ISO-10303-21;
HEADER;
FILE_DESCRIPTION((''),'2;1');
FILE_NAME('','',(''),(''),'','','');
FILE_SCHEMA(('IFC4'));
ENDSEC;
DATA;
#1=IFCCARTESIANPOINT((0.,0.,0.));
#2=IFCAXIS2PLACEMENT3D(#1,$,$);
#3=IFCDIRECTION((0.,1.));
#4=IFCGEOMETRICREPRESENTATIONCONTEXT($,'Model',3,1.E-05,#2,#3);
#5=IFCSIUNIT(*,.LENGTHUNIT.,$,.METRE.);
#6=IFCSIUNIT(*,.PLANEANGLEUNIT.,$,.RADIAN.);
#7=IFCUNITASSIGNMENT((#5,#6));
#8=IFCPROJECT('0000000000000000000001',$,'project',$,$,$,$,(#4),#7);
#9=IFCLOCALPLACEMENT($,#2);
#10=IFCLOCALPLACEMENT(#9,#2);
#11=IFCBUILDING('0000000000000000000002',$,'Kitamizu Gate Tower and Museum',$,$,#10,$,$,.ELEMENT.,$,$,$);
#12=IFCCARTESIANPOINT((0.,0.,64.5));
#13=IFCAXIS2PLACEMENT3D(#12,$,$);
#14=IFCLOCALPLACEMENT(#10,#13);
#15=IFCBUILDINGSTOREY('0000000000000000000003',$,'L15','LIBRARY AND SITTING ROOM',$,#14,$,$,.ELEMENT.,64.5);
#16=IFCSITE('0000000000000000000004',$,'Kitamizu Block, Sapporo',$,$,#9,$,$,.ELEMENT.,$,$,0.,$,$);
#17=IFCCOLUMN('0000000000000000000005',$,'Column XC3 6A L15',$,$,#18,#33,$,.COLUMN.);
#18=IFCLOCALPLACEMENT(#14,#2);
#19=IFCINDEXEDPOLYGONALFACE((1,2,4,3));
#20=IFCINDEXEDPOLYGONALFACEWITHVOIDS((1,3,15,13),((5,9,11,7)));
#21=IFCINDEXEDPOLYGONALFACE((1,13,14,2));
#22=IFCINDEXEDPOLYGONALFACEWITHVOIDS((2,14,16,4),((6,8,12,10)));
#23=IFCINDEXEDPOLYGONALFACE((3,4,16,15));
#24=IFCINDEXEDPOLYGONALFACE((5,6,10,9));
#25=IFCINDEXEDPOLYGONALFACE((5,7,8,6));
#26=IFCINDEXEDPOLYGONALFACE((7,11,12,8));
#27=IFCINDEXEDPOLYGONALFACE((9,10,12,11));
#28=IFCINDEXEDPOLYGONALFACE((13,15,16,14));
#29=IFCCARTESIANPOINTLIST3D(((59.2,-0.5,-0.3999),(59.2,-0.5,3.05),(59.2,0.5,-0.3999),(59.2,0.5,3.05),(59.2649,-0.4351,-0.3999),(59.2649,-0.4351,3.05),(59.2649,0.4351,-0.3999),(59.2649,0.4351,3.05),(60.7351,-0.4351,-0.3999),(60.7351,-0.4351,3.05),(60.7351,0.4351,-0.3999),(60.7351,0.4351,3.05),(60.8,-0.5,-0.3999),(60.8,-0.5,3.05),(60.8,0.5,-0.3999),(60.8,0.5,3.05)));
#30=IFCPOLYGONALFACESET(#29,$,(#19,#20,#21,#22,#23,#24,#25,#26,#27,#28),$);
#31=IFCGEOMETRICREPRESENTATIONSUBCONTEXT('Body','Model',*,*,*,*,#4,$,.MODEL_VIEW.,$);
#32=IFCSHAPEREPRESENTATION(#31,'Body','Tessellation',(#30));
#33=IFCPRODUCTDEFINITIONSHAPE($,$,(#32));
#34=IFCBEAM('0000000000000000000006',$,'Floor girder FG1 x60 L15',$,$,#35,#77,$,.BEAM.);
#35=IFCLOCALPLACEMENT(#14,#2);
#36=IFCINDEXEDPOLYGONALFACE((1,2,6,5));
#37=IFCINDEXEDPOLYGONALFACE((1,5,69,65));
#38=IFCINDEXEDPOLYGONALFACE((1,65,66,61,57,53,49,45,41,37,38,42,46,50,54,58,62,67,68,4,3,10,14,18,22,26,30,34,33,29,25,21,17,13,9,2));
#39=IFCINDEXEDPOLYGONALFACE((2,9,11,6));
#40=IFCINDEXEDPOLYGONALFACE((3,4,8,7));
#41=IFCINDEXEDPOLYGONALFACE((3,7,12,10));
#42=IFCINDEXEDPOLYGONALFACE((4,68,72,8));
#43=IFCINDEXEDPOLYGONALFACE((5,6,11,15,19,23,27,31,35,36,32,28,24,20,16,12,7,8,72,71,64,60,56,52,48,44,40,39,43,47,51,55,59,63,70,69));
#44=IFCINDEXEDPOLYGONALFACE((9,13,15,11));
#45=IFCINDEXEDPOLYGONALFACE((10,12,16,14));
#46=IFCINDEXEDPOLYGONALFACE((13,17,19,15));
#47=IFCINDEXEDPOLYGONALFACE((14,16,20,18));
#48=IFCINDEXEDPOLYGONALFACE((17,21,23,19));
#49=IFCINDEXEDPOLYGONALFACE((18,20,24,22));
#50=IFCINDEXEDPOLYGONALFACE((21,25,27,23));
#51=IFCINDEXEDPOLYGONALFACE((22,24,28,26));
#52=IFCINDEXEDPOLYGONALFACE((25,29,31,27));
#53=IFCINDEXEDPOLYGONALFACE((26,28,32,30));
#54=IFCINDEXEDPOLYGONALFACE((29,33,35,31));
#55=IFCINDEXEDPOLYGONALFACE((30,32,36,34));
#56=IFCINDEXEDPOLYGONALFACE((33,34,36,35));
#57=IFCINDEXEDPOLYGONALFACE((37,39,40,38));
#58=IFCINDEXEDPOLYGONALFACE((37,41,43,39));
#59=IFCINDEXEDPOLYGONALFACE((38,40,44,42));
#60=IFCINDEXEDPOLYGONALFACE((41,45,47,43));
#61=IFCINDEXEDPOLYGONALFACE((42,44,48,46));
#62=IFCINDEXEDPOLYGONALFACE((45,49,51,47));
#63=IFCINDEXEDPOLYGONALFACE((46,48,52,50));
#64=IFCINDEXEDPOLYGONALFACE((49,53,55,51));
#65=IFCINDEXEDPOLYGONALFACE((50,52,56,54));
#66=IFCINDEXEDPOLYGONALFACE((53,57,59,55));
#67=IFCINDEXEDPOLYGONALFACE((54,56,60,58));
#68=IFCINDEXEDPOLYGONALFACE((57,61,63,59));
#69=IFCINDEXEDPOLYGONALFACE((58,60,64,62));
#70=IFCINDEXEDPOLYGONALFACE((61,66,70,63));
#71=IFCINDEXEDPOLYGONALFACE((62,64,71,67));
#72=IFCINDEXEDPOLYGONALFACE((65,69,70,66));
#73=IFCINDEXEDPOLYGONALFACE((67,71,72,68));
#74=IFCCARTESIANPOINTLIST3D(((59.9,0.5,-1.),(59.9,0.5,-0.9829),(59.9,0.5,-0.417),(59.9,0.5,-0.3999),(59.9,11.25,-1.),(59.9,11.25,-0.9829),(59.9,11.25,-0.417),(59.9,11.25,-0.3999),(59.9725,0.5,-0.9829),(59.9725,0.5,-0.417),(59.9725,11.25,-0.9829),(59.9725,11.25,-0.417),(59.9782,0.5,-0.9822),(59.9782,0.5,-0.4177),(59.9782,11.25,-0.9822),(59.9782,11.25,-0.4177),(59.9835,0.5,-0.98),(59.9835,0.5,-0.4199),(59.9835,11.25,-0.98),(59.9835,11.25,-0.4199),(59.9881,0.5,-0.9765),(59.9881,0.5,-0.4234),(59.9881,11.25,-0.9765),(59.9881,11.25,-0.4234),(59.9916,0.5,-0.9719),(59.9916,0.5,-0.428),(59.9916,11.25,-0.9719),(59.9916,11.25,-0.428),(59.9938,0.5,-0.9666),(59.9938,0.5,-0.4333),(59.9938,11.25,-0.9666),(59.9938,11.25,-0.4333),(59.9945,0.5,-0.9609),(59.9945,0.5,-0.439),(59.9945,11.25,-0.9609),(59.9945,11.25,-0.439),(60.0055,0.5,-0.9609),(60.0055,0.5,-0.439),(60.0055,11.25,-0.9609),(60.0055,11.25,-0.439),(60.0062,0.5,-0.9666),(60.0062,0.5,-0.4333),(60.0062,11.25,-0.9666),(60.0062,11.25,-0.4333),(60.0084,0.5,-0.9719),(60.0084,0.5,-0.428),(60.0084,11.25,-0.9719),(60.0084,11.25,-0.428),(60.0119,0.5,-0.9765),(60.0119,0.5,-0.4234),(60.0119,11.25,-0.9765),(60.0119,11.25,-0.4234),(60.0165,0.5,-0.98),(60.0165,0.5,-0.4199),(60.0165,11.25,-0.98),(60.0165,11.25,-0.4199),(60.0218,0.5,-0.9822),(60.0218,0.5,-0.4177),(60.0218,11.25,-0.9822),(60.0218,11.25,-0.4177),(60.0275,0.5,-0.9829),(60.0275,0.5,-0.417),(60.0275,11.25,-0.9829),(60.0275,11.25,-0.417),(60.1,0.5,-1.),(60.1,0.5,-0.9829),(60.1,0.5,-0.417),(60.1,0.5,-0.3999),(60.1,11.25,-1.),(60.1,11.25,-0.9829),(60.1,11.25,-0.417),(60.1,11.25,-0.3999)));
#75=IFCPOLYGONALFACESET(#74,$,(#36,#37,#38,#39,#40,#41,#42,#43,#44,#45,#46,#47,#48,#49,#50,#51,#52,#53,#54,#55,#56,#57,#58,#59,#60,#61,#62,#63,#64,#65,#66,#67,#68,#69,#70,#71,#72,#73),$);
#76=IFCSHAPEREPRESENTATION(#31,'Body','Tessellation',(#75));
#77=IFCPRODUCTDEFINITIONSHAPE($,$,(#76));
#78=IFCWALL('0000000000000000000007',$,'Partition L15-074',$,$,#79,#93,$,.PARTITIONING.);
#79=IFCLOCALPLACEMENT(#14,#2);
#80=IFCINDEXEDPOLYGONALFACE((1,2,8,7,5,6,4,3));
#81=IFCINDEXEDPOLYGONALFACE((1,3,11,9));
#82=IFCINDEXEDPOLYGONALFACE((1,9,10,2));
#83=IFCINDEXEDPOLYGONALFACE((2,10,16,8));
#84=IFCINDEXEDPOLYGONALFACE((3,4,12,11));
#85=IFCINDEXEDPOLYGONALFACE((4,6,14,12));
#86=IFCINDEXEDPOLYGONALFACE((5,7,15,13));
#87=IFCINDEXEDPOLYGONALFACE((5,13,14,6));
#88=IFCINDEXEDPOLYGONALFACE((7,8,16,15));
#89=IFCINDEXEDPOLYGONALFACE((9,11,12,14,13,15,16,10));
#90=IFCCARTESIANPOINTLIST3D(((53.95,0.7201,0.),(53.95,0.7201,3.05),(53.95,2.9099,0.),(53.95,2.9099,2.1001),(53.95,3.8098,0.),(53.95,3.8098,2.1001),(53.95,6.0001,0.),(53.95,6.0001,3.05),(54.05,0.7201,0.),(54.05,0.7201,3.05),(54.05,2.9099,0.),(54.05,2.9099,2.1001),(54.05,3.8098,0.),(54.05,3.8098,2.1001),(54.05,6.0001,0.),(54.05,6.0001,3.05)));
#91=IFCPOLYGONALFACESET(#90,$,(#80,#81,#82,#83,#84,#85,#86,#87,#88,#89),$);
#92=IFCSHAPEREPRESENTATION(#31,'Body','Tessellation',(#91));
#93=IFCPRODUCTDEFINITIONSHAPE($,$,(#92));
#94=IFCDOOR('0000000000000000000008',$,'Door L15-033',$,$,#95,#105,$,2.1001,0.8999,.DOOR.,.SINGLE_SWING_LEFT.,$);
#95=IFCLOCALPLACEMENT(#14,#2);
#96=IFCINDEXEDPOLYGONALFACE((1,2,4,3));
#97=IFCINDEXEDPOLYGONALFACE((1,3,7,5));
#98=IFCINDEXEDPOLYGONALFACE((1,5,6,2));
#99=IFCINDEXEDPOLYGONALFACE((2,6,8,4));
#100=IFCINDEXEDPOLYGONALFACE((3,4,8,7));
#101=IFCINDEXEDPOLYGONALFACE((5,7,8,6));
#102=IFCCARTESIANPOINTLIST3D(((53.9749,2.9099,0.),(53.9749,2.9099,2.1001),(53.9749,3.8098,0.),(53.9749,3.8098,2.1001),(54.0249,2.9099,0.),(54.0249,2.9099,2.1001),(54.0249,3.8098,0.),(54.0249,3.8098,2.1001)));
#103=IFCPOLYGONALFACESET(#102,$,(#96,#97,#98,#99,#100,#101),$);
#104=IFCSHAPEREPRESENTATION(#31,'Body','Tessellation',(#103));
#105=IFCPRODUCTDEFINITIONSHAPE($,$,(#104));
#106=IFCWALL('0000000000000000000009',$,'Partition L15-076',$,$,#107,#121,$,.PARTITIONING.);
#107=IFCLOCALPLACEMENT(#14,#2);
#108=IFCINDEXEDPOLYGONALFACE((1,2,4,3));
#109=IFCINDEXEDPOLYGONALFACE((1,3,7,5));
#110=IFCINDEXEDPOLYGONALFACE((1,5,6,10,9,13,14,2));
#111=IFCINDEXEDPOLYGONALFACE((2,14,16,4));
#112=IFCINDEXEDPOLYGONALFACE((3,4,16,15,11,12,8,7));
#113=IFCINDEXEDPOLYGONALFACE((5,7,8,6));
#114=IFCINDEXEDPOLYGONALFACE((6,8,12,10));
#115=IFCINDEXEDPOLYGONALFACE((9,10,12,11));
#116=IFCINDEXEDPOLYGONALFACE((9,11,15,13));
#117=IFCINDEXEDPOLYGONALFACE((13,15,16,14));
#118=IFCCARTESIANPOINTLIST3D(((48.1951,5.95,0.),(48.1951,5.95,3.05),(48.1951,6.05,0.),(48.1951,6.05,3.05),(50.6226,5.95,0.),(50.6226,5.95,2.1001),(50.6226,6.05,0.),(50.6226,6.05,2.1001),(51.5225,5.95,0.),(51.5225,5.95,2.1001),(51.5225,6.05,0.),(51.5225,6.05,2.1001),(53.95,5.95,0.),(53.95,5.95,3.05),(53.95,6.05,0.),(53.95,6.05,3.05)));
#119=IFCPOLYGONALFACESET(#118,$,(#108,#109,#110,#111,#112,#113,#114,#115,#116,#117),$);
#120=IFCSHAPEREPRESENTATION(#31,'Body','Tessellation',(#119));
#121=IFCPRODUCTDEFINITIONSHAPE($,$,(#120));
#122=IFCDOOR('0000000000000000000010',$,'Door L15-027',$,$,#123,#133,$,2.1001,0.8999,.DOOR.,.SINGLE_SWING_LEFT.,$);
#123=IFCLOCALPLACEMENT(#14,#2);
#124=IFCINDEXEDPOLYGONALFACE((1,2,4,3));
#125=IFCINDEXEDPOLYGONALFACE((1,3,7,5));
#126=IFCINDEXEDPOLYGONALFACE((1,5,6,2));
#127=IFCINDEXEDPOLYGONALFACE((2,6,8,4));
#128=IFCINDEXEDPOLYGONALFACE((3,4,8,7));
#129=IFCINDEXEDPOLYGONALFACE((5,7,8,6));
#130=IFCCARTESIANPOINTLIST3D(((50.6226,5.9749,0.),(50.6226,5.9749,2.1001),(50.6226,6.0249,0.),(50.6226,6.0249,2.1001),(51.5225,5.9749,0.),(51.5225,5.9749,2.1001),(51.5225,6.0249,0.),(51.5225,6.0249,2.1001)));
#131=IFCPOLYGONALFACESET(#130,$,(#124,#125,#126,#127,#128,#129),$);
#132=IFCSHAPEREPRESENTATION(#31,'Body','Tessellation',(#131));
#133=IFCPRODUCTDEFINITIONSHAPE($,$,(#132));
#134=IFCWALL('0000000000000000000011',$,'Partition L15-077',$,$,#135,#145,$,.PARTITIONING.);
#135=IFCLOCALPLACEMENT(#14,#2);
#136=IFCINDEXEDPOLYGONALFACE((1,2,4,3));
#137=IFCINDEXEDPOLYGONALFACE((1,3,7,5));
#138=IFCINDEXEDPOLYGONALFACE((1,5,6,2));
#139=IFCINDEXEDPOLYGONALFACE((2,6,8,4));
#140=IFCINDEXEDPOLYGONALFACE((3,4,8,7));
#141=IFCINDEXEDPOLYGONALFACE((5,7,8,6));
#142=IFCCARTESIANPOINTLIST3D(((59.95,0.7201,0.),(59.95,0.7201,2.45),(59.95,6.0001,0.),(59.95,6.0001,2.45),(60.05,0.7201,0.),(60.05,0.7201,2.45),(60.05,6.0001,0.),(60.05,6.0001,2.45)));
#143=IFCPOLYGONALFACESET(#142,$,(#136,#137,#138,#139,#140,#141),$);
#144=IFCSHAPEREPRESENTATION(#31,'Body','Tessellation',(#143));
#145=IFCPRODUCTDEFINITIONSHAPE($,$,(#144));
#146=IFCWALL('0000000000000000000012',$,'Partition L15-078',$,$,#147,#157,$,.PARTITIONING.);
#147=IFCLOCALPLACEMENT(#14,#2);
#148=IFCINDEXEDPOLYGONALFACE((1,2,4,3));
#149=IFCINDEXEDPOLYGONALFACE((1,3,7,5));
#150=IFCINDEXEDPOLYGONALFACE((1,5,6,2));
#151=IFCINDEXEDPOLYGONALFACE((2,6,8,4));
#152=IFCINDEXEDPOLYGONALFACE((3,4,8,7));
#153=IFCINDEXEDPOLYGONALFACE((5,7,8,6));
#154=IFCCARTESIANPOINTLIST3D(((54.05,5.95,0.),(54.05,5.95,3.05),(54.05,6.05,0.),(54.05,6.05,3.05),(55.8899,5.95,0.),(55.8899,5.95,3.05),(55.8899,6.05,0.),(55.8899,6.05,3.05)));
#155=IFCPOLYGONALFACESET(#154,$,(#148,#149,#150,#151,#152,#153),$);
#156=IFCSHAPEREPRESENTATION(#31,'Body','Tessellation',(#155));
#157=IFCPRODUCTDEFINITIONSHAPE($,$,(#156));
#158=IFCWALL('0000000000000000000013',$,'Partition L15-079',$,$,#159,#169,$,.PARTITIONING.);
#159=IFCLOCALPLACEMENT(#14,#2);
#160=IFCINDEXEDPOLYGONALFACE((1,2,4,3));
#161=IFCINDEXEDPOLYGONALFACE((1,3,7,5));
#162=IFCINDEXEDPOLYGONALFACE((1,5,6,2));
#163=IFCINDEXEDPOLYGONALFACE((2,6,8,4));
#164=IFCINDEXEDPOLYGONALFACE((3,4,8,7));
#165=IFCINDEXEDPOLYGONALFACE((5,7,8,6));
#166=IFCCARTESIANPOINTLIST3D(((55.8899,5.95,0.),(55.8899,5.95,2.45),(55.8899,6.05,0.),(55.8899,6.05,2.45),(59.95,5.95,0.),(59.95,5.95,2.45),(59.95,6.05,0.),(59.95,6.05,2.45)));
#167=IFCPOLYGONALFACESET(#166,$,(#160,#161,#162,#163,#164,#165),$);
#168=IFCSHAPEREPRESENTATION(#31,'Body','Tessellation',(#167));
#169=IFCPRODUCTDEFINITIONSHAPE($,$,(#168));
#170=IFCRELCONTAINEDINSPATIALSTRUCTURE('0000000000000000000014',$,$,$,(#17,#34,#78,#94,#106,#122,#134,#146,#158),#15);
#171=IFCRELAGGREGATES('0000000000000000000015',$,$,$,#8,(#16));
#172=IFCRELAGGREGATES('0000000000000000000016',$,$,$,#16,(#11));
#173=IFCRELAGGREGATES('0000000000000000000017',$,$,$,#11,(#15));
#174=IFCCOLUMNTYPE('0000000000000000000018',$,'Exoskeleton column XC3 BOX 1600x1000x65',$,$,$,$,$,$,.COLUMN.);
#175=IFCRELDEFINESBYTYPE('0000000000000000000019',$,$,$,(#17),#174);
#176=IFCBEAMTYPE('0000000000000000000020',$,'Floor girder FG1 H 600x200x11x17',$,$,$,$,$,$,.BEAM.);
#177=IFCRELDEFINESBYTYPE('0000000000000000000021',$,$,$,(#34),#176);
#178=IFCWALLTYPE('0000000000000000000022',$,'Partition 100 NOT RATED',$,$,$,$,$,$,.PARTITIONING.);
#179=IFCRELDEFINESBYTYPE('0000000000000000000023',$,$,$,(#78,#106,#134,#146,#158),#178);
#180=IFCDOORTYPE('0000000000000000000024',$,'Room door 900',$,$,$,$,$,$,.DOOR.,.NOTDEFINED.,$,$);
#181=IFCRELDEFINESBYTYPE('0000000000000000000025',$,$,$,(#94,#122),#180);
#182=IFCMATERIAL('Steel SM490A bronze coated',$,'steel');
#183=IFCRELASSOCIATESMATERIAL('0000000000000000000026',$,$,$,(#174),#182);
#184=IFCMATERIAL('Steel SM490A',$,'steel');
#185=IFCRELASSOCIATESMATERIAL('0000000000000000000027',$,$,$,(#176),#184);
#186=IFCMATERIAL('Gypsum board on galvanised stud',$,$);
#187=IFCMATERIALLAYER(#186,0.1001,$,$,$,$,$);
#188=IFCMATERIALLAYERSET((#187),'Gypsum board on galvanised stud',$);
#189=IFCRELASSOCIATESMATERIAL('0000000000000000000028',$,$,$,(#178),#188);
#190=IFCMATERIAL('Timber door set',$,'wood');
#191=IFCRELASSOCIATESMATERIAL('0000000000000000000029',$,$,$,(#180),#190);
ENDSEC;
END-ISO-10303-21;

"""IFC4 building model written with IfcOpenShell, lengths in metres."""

from ifc_helpers import new_model, si_unit, direction, frame, frame_2d, origin, origin_2d, place, context, subcontext, project, spatial, rectangle, hollow_rectangle, i_section, extrude, material, layer, layer_set, material_profile, profile_set, type_object, element, fill, save


model = new_model("IFC4")

# Units and contexts
model_context = context("Model", 3, precision=1e-05, world=origin(), true_north=direction((0.0, 1.0)))
body_context = subcontext(model_context, "Body", "Model", "MODEL_VIEW")
ifc_project = project(units=[si_unit("LENGTHUNIT", "METRE"), si_unit("PLANEANGLEUNIT", "RADIAN")], contexts=[model_context])

# Site, building, storey
site_placement = place(None, origin())
site = spatial("IfcSite", under=ifc_project, at=site_placement, Name="Kitamizu Block, Sapporo", CompositionType="ELEMENT", RefElevation=0.0)
building_placement = place(site_placement, origin())
building = spatial("IfcBuilding", under=site, at=building_placement, Name="Kitamizu Gate Tower and Museum", CompositionType="ELEMENT")
storey_placement = place(building_placement, frame((0.0, 0.0, 64.5)))
storey = spatial("IfcBuildingStorey", under=building, at=storey_placement, Name="L15", Description="LIBRARY AND SITTING ROOM", CompositionType="ELEMENT", Elevation=64.5)

# Column
ifc_material_1 = material(Name="Steel SM490A bronze coated", Category="steel")
ifc_material_profile_1 = material_profile(ifc_material_1, hollow_rectangle(XDim=1.6001, YDim=1.0, WallThickness=0.0649, at=origin_2d()), Name="BOX 1600x1000x65")
ifc_profile_set_1 = profile_set([ifc_material_profile_1], Name="Steel SM490A bronze coated")
column_type = type_object("IfcColumnType", Name="Exoskeleton column XC3 BOX 1600x1000x65", PredefinedType="COLUMN", material=ifc_profile_set_1)
column_placement = place(storey_placement, frame((60.0, 0.0, -0.3999), z_axis=(0.0, 0.0, 1.0), x_axis=(1.0, 0.0, 0.0)))
element("IfcColumn", 1, at=column_placement, inside=storey, type_object=column_type, Name="Column XC3 6A L15", PredefinedType="COLUMN", context=body_context, shape_type="SweptSolid", body=[
    extrude(hollow_rectangle(XDim=1.6001, YDim=1.0, WallThickness=0.0649, at=origin_2d()), origin(), (0.0, 0.0, 1.0), 3.45),
])

# Beam
ifc_material_2 = material(Name="Steel SM490A", Category="steel")
ifc_material_profile_2 = material_profile(ifc_material_2, i_section(OverallWidth=0.2, OverallDepth=0.6001, WebThickness=0.011, FlangeThickness=0.0171, FilletRadius=0.022, at=origin_2d()), Name="H-600x200x11x17")
ifc_profile_set_2 = profile_set([ifc_material_profile_2], Name="Steel SM490A")
beam_type = type_object("IfcBeamType", Name="Floor girder FG1 H 600x200x11x17", PredefinedType="BEAM", material=ifc_profile_set_2)
beam_placement = place(storey_placement, frame((60.0, 0.5, -0.7), z_axis=(0.0, 1.0, 0.0), x_axis=(-1.0, 0.0, 0.0)))
element("IfcBeam", 2, at=beam_placement, inside=storey, type_object=beam_type, Name="Floor girder FG1 x60 L15", PredefinedType="BEAM", context=body_context, shape_type="SweptSolid", body=[
    extrude(i_section(OverallWidth=0.2, OverallDepth=0.6001, WebThickness=0.011, FlangeThickness=0.0171, FilletRadius=0.022, at=origin_2d()), origin(), (0.0, 0.0, 1.0), 10.75),
])

# Walls, openings, doors
ifc_material_3 = material(Name="Gypsum board on galvanised stud")
ifc_layer = layer(ifc_material_3, 0.1001)
ifc_layer_set = layer_set([ifc_layer], Name="Gypsum board on galvanised stud")
wall_type = type_object("IfcWallType", Name="Partition 100 NOT RATED", PredefinedType="PARTITIONING", material=ifc_layer_set)
wall_1_placement = place(storey_placement, frame((54.0, 0.72, 0.0), z_axis=(0.0, 0.0, 1.0), x_axis=(0.0, 1.0, 0.0)))
wall_1 = element("IfcWall", 3, at=wall_1_placement, inside=storey, type_object=wall_type, Name="Partition L15-074", PredefinedType="PARTITIONING", context=body_context, shape_type="SweptSolid", body=[
    extrude(rectangle(XDim=5.28, YDim=0.1001, at=frame_2d((2.6401, 0.0))), origin(), (0.0, 0.0, 1.0), 3.05),
])
opening_1_placement = place(wall_1_placement, frame((2.1899, 0.0, 0.0)))
opening_1 = element("IfcOpeningElement", 4, at=opening_1_placement, cuts=wall_1, PredefinedType="OPENING", context=body_context, shape_type="SweptSolid", body=[
    extrude(rectangle(XDim=0.8999, YDim=2.1001, at=frame_2d((0.45, 1.05))), frame((0.0, 0.0601, 0.0), z_axis=(0.0, -1.0, 0.0), x_axis=(1.0, 0.0, 0.0)), (0.0, 0.0, 1.0), 0.1201),
])
ifc_material_4 = material(Name="Timber door set", Category="wood")
door_type = type_object("IfcDoorType", Name="Room door 900", OperationType="NOTDEFINED", PredefinedType="DOOR", material=ifc_material_4)
door_1_placement = place(opening_1_placement, frame((0.8999, 0.0, 0.0), x_axis=(-1.0, 0.0, 0.0)))
door_1 = element("IfcDoor", 5, at=door_1_placement, inside=storey, type_object=door_type, Name="Door L15-033", OperationType="SINGLE_SWING_LEFT", OverallHeight=2.1001, OverallWidth=0.8999, PredefinedType="DOOR", context=body_context, shape_type="SweptSolid", body=[
    extrude(rectangle(XDim=0.8999, YDim=2.1001, at=frame_2d((0.45, 1.05))), frame((0.0, 0.0249, 0.0), z_axis=(0.0, -1.0, 0.0), x_axis=(1.0, 0.0, 0.0)), (0.0, 0.0, 1.0), 0.05),
])
fill(opening_1, door_1)
wall_2_placement = place(storey_placement, frame((53.95, 6.0, 0.0), z_axis=(0.0, 0.0, 1.0), x_axis=(-1.0, 0.0, 0.0)))
wall_2 = element("IfcWall", 6, at=wall_2_placement, inside=storey, type_object=wall_type, Name="Partition L15-076", PredefinedType="PARTITIONING", context=body_context, shape_type="SweptSolid", body=[
    extrude(rectangle(XDim=5.7549, YDim=0.1001, at=frame_2d((2.8774, 0.0))), origin(), (0.0, 0.0, 1.0), 3.05),
])
opening_2_placement = place(wall_2_placement, frame((2.4275, 0.0, 0.0)))
opening_2 = element("IfcOpeningElement", 7, at=opening_2_placement, cuts=wall_2, PredefinedType="OPENING", context=body_context, shape_type="SweptSolid", body=[
    extrude(rectangle(XDim=0.8999, YDim=2.1001, at=frame_2d((0.45, 1.05))), frame((0.0, 0.0601, 0.0), z_axis=(0.0, -1.0, 0.0), x_axis=(1.0, 0.0, 0.0)), (0.0, 0.0, 1.0), 0.1201),
])
door_2_placement = place(opening_2_placement, frame((0.8999, 0.0, 0.0), x_axis=(-1.0, 0.0, 0.0)))
door_2 = element("IfcDoor", 8, at=door_2_placement, inside=storey, type_object=door_type, Name="Door L15-027", OperationType="SINGLE_SWING_LEFT", OverallHeight=2.1001, OverallWidth=0.8999, PredefinedType="DOOR", context=body_context, shape_type="SweptSolid", body=[
    extrude(rectangle(XDim=0.8999, YDim=2.1001, at=frame_2d((0.45, 1.05))), frame((0.0, 0.0249, 0.0), z_axis=(0.0, -1.0, 0.0), x_axis=(1.0, 0.0, 0.0)), (0.0, 0.0, 1.0), 0.05),
])
fill(opening_2, door_2)

# Walls
wall_3_placement = place(storey_placement, frame((60.0, 0.72, 0.0), z_axis=(0.0, 0.0, 1.0), x_axis=(0.0, 1.0, 0.0)))
element("IfcWall", 9, at=wall_3_placement, inside=storey, type_object=wall_type, Name="Partition L15-077", PredefinedType="PARTITIONING", context=body_context, shape_type="SweptSolid", body=[
    extrude(rectangle(XDim=5.28, YDim=0.1001, at=frame_2d((2.6401, 0.0))), origin(), (0.0, 0.0, 1.0), 2.45),
])
wall_4_placement = place(storey_placement, frame((55.8899, 6.0, 0.0), z_axis=(0.0, 0.0, 1.0), x_axis=(-1.0, 0.0, 0.0)))
element("IfcWall", 10, at=wall_4_placement, inside=storey, type_object=wall_type, Name="Partition L15-078", PredefinedType="PARTITIONING", context=body_context, shape_type="SweptSolid", body=[
    extrude(rectangle(XDim=1.8398, YDim=0.1001, at=frame_2d((0.9199, 0.0))), origin(), (0.0, 0.0, 1.0), 3.05),
])
wall_5_placement = place(storey_placement, frame((59.95, 6.0, 0.0), z_axis=(0.0, 0.0, 1.0), x_axis=(-1.0, 0.0, 0.0)))
element("IfcWall", 11, at=wall_5_placement, inside=storey, type_object=wall_type, Name="Partition L15-079", PredefinedType="PARTITIONING", context=body_context, shape_type="SweptSolid", body=[
    extrude(rectangle(XDim=4.0601, YDim=0.1001, at=frame_2d((2.03, 0.0))), origin(), (0.0, 0.0, 1.0), 2.45),
])

save(model, "model.ifc")
